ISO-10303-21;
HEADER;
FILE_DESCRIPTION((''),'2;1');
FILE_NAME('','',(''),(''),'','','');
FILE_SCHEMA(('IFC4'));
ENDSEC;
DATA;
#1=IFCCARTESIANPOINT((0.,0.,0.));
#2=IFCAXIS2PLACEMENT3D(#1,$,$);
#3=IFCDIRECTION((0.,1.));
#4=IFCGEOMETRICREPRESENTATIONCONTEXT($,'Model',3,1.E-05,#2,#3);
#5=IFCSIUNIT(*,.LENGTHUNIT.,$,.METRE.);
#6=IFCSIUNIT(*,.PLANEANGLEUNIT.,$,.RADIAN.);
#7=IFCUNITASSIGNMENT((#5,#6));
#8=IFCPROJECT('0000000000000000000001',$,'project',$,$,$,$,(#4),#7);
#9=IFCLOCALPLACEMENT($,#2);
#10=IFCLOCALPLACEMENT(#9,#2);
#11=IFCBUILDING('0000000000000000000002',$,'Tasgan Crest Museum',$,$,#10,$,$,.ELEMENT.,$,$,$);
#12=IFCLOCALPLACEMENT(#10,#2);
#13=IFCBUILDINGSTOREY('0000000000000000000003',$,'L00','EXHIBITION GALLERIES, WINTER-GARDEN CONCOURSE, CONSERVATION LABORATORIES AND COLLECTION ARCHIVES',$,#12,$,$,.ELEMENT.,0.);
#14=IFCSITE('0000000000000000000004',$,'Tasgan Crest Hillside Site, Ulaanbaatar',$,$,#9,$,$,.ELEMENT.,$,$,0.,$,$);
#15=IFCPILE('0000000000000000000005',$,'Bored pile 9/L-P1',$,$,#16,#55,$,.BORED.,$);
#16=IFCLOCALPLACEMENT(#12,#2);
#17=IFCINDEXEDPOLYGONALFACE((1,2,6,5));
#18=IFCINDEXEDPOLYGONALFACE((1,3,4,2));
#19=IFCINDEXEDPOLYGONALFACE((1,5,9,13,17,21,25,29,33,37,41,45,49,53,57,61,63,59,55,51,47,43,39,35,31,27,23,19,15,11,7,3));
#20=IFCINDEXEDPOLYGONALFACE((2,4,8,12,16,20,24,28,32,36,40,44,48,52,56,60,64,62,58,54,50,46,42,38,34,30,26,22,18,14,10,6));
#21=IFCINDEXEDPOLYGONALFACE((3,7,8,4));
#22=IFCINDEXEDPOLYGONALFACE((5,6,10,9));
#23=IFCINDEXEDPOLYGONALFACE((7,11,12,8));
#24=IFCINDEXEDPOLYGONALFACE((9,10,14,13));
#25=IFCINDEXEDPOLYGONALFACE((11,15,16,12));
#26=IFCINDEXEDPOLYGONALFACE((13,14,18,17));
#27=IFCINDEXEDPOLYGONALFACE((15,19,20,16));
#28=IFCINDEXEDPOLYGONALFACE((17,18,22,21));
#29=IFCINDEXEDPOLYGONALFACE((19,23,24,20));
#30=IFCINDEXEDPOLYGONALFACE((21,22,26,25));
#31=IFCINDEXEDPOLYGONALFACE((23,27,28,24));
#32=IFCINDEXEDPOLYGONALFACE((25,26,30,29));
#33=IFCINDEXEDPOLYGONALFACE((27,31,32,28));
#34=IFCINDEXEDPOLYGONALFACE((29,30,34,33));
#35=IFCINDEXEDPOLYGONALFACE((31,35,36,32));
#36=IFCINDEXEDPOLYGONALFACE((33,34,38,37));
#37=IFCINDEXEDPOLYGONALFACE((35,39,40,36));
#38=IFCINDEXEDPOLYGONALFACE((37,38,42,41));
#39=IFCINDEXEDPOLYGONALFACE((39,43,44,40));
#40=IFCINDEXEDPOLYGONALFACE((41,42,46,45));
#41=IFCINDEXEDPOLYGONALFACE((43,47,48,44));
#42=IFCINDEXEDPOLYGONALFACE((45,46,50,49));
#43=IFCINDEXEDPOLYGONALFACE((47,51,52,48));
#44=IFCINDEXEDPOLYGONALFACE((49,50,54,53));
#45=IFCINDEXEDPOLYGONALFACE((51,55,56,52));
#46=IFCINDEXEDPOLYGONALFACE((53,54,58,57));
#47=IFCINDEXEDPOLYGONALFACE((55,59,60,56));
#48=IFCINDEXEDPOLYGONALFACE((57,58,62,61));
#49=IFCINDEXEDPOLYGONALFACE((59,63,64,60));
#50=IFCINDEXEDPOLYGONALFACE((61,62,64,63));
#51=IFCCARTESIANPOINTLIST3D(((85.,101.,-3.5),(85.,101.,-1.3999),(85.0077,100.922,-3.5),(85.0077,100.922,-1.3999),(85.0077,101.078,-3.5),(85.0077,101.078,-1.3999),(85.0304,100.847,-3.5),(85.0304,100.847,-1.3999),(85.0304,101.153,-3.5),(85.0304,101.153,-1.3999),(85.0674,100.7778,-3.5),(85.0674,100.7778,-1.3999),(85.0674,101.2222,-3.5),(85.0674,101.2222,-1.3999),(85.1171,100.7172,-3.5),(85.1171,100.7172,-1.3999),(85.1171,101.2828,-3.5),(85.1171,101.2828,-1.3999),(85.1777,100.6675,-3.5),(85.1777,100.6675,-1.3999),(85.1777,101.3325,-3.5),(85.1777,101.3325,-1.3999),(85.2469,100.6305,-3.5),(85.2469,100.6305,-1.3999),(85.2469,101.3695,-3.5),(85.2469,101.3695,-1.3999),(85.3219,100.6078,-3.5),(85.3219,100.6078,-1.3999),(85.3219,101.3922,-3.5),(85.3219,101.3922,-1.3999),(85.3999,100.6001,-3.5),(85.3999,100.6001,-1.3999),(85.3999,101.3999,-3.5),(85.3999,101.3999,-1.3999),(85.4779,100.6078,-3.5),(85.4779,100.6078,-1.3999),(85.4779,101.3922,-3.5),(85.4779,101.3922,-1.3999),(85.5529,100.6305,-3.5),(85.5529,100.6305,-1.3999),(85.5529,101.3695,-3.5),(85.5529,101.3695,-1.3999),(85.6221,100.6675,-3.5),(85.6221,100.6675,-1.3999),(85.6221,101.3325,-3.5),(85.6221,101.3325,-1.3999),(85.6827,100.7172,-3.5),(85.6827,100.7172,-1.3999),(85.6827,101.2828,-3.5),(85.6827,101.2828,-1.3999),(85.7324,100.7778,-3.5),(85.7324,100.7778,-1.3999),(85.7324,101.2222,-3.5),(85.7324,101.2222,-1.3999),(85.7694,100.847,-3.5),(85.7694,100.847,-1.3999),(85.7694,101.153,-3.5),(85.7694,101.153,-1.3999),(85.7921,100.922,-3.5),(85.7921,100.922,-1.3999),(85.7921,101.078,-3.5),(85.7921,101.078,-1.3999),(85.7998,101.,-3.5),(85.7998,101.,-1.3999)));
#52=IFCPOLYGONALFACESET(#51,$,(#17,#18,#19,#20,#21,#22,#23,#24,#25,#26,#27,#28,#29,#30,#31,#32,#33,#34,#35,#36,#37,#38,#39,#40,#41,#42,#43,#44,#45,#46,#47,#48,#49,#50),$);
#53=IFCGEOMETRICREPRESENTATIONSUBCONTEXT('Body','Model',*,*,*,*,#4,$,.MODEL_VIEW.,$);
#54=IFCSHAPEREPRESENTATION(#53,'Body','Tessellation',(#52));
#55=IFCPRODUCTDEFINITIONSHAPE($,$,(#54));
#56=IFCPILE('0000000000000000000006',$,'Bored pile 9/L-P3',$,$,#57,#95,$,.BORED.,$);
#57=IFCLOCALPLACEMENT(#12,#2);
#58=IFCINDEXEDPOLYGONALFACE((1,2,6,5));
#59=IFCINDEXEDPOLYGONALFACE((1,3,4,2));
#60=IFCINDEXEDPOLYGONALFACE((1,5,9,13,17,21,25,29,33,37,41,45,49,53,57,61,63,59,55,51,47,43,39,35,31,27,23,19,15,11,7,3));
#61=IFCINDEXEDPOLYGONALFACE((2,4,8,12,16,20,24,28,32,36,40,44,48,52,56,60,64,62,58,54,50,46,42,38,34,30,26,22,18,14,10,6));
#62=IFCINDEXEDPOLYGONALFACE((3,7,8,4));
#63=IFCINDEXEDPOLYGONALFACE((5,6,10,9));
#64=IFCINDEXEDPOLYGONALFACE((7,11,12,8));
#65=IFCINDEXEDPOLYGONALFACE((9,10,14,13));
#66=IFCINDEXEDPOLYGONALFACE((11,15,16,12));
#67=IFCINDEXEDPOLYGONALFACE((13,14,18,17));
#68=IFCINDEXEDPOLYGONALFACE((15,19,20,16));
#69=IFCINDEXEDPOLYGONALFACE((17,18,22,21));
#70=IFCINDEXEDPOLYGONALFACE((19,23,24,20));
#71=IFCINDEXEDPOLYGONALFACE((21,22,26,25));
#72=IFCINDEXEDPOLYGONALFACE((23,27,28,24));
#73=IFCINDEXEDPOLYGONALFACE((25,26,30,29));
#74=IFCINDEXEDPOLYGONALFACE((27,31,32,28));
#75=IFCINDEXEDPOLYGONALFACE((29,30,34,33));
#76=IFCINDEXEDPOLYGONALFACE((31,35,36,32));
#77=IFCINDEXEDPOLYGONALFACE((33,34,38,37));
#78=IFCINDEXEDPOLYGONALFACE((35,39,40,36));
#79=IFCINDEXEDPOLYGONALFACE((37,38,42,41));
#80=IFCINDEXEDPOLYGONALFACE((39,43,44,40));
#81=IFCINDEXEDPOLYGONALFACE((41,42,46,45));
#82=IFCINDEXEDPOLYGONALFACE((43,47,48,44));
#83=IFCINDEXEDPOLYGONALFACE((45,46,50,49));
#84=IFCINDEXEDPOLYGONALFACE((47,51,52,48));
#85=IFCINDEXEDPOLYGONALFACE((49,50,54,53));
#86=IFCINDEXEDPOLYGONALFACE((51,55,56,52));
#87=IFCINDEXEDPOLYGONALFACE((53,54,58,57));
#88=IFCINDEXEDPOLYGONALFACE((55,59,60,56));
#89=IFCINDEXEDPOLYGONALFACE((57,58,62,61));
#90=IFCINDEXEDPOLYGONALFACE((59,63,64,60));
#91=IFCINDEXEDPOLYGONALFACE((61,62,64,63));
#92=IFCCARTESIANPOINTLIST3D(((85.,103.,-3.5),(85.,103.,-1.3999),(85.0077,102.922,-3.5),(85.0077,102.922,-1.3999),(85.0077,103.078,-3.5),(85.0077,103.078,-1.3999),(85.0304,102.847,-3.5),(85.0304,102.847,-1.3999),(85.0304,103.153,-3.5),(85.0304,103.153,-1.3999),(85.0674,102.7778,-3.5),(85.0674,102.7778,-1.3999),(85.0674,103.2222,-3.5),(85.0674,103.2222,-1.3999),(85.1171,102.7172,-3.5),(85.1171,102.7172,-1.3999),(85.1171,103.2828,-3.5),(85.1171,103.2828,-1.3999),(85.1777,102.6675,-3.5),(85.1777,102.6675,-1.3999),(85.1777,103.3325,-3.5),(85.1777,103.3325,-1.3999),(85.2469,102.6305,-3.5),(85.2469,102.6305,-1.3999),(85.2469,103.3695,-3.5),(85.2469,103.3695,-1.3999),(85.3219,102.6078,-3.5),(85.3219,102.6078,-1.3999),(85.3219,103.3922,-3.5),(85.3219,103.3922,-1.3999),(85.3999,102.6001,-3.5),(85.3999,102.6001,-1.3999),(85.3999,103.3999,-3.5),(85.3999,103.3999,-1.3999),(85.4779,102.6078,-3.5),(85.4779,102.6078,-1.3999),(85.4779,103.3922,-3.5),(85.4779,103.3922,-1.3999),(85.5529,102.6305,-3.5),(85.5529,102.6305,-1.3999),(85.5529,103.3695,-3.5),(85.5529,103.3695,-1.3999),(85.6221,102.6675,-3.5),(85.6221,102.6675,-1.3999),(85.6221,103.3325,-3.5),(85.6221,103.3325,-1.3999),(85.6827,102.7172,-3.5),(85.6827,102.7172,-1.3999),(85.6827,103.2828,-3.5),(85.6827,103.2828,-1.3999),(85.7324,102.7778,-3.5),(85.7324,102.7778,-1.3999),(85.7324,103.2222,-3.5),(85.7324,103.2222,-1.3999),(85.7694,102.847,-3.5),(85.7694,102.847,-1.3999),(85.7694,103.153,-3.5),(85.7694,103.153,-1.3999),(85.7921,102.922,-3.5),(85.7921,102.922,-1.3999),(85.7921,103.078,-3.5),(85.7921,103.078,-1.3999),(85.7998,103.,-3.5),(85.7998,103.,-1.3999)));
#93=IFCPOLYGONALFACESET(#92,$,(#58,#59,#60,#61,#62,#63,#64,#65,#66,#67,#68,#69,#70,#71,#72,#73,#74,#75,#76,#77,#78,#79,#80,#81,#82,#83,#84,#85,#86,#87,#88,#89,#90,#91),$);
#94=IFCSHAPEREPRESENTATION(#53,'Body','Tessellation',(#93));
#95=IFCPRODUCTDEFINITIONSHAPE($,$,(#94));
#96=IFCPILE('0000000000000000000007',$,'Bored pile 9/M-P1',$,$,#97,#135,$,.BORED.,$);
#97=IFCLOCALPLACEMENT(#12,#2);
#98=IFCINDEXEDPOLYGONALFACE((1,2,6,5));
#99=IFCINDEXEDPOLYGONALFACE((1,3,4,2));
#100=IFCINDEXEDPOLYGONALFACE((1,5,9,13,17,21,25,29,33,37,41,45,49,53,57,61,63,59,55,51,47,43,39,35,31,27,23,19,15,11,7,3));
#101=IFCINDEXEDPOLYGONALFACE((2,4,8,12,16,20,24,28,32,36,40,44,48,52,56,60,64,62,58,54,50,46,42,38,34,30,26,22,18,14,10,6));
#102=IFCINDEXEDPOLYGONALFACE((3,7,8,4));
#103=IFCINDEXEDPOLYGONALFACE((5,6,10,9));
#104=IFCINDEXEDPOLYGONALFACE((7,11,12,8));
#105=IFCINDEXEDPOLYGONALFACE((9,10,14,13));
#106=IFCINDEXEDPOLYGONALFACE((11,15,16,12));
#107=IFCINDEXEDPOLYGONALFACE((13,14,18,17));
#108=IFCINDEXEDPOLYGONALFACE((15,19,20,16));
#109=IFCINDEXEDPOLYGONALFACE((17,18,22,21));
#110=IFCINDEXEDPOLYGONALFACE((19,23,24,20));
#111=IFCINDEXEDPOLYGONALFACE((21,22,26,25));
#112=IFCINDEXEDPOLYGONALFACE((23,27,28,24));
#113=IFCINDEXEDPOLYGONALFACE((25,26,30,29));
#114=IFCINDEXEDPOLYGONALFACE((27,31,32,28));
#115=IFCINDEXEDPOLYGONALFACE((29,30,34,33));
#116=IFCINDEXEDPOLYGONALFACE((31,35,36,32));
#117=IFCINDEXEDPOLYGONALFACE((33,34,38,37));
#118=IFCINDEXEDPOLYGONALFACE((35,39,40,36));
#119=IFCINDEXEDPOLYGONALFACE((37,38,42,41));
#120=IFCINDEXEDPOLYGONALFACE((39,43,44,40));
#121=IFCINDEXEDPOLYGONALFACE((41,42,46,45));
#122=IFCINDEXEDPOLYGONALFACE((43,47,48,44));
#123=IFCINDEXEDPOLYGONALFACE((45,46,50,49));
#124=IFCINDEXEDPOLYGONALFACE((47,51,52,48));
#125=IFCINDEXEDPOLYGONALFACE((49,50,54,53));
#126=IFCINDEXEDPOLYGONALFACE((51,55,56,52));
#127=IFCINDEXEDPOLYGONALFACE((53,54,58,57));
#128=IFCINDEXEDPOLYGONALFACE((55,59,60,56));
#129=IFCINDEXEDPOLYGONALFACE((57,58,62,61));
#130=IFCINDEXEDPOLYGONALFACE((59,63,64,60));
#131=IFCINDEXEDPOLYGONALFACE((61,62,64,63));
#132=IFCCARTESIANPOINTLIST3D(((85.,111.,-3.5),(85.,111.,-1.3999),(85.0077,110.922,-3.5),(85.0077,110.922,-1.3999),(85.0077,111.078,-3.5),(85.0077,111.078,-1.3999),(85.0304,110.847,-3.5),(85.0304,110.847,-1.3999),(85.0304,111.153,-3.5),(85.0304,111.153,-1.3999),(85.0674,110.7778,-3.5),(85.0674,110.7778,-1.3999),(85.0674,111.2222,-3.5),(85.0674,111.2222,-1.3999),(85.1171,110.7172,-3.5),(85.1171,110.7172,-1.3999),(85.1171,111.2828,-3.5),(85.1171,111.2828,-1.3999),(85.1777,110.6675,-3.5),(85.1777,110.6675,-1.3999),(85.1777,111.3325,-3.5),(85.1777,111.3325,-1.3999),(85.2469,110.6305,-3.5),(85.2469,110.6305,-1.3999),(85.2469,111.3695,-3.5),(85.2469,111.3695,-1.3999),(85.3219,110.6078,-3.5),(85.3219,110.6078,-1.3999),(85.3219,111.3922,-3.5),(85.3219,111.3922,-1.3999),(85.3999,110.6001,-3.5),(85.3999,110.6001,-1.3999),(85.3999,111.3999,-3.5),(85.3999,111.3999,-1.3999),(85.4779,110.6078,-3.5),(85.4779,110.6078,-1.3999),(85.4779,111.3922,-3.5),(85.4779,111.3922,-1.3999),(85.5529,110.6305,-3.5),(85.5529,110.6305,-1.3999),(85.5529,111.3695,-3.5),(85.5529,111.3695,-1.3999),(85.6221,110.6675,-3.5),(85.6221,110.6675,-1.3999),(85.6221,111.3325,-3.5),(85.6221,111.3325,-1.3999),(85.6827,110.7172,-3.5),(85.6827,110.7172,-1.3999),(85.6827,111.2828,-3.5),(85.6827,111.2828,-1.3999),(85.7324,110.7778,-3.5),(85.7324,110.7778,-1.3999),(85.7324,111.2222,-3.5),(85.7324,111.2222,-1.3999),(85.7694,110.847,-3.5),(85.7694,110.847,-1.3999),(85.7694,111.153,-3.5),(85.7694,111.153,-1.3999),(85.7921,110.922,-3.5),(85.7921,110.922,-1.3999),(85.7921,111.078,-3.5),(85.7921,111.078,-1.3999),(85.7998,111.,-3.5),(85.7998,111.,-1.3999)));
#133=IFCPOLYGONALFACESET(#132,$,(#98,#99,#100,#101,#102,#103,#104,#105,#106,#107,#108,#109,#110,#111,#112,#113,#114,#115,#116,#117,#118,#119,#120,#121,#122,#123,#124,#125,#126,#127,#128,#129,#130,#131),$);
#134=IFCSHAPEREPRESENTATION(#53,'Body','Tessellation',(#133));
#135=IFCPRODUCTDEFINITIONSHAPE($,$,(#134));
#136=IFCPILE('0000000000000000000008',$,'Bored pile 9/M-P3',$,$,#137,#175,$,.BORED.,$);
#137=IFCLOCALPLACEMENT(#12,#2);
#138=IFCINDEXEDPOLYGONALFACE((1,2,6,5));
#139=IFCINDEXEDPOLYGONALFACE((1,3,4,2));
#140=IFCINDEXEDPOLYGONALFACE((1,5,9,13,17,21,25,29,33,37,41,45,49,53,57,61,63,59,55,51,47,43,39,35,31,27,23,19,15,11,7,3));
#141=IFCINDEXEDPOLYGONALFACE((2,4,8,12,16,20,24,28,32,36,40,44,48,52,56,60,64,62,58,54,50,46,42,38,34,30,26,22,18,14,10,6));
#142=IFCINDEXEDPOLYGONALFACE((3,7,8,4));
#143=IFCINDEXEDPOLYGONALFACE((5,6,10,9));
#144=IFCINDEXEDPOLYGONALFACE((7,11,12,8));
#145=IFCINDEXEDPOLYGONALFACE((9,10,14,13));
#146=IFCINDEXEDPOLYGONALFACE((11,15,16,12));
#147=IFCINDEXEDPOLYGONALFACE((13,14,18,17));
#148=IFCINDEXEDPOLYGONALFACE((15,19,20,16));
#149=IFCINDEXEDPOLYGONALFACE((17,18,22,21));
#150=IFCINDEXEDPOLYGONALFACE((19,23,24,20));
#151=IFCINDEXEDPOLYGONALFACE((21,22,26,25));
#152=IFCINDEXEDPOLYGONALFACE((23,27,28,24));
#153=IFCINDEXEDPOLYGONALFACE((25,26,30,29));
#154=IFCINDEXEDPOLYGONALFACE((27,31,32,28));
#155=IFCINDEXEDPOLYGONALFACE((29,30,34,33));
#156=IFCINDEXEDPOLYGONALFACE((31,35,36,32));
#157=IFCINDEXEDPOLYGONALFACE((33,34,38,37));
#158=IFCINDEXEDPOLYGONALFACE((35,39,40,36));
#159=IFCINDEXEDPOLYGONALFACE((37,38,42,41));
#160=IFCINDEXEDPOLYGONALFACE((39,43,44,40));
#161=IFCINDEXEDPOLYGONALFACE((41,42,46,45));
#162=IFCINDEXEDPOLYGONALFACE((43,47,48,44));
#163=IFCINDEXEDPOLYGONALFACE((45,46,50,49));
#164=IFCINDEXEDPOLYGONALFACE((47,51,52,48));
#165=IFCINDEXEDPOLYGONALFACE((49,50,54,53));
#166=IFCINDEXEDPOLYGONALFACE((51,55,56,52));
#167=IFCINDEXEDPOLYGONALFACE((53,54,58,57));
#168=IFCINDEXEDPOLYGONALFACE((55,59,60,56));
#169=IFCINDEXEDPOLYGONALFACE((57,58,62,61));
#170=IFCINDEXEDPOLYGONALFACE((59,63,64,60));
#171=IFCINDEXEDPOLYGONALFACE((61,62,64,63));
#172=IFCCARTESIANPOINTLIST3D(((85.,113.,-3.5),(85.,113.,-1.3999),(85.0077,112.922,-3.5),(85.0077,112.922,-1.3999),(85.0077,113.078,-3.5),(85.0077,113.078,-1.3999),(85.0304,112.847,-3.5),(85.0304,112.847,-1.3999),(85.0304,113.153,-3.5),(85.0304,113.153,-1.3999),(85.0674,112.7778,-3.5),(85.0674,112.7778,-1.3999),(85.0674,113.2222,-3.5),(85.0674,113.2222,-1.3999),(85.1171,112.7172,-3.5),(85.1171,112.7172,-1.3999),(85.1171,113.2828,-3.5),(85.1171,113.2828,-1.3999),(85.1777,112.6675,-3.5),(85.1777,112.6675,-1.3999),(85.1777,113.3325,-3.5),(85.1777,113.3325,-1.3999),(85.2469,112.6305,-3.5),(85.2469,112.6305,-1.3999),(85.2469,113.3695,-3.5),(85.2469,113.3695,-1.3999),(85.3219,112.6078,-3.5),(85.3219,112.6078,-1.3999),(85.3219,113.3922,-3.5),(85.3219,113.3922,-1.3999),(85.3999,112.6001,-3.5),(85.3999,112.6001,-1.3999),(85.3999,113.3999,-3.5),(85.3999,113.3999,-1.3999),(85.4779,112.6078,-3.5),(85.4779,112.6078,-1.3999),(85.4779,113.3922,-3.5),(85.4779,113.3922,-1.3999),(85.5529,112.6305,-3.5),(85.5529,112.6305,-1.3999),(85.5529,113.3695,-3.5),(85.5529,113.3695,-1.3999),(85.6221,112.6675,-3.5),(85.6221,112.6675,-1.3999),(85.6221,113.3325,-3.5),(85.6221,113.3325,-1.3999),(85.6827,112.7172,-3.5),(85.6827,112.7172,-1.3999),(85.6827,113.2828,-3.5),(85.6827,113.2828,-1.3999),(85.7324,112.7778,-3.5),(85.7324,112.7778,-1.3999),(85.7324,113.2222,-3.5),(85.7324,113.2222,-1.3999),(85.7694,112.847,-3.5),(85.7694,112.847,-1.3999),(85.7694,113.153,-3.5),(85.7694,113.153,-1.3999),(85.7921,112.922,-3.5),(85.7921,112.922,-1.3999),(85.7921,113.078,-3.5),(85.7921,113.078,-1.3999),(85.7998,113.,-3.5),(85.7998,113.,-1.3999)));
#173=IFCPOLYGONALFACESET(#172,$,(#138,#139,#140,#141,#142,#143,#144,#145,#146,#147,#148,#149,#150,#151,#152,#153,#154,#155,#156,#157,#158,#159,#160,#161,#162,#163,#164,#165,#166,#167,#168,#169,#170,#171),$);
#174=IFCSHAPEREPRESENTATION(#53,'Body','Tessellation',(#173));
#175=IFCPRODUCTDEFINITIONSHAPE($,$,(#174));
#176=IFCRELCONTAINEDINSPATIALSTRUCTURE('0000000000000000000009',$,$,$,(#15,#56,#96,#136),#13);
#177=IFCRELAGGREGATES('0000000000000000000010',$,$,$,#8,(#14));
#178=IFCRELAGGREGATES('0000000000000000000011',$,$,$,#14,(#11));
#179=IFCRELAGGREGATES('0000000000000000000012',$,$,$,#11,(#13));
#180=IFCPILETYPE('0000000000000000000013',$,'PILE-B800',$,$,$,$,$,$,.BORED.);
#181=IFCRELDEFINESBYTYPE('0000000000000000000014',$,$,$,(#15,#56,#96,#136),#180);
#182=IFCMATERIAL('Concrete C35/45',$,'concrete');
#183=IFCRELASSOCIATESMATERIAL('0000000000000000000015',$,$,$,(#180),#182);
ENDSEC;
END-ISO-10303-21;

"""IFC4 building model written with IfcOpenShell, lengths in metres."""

from ifc_helpers import new_model, si_unit, direction, frame, origin, origin_2d, place, context, subcontext, project, spatial, circle, extrude, material, material_profile, profile_set, type_object, element, save


model = new_model("IFC4")

# Units and contexts
model_context = context("Model", 3, precision=1e-05, world=origin(), true_north=direction((0.0, 1.0)))
body_context = subcontext(model_context, "Body", "Model", "MODEL_VIEW")
ifc_project = project(units=[si_unit("LENGTHUNIT", "METRE"), si_unit("PLANEANGLEUNIT", "RADIAN")], contexts=[model_context])

# Site, building, storey
site_placement = place(None, origin())
site = spatial("IfcSite", under=ifc_project, at=site_placement, Name="Tasgan Crest Hillside Site, Ulaanbaatar", CompositionType="ELEMENT", RefElevation=0.0)
building_placement = place(site_placement, origin())
building = spatial("IfcBuilding", under=site, at=building_placement, Name="Tasgan Crest Museum", CompositionType="ELEMENT")
storey_placement = place(building_placement, origin())
storey = spatial("IfcBuildingStorey", under=building, at=storey_placement, Name="L00", Description="EXHIBITION GALLERIES, WINTER-GARDEN CONCOURSE, CONSERVATION LABORATORIES AND COLLECTION ARCHIVES", CompositionType="ELEMENT", Elevation=0.0)

# Piles
ifc_material_1 = material(Name="Concrete C35/45", Category="concrete")
ifc_material_profile_1 = material_profile(ifc_material_1, circle(Radius=0.3999, at=origin_2d()), Name="PILE D800")
ifc_profile_set_1 = profile_set([ifc_material_profile_1], Name="Concrete C35/45")
pile_type_1 = type_object("IfcPileType", Name="PILE-B800", PredefinedType="BORED", material=ifc_profile_set_1)
for number, where, z_axis, x_axis, name in (
    (1, (85.3999, 101.0, -1.3999), (0.0, 0.0, -1.0), (1.0, 0.0, 0.0), "Bored pile 9/L-P1"),
    (2, (85.3999, 103.0, -1.3999), (0.0, 0.0, -1.0), (1.0, 0.0, 0.0), "Bored pile 9/L-P3"),
    (3, (85.3999, 111.0, -1.3999), (0.0, 0.0, -1.0), (1.0, 0.0, 0.0), "Bored pile 9/M-P1"),
    (4, (85.3999, 113.0, -1.3999), (0.0, 0.0, -1.0), (1.0, 0.0, 0.0), "Bored pile 9/M-P3"),
):
    element("IfcPile", number, at=place(storey_placement, frame(where, z_axis=z_axis, x_axis=x_axis)), inside=storey, type_object=pile_type_1, Name=name, PredefinedType="BORED", context=body_context, shape_type="SweptSolid", body=[
        extrude(circle(Radius=0.3999, at=origin_2d()), origin(), (0.0, 0.0, 1.0), 2.1001),
    ])

save(model, "model.ifc")
